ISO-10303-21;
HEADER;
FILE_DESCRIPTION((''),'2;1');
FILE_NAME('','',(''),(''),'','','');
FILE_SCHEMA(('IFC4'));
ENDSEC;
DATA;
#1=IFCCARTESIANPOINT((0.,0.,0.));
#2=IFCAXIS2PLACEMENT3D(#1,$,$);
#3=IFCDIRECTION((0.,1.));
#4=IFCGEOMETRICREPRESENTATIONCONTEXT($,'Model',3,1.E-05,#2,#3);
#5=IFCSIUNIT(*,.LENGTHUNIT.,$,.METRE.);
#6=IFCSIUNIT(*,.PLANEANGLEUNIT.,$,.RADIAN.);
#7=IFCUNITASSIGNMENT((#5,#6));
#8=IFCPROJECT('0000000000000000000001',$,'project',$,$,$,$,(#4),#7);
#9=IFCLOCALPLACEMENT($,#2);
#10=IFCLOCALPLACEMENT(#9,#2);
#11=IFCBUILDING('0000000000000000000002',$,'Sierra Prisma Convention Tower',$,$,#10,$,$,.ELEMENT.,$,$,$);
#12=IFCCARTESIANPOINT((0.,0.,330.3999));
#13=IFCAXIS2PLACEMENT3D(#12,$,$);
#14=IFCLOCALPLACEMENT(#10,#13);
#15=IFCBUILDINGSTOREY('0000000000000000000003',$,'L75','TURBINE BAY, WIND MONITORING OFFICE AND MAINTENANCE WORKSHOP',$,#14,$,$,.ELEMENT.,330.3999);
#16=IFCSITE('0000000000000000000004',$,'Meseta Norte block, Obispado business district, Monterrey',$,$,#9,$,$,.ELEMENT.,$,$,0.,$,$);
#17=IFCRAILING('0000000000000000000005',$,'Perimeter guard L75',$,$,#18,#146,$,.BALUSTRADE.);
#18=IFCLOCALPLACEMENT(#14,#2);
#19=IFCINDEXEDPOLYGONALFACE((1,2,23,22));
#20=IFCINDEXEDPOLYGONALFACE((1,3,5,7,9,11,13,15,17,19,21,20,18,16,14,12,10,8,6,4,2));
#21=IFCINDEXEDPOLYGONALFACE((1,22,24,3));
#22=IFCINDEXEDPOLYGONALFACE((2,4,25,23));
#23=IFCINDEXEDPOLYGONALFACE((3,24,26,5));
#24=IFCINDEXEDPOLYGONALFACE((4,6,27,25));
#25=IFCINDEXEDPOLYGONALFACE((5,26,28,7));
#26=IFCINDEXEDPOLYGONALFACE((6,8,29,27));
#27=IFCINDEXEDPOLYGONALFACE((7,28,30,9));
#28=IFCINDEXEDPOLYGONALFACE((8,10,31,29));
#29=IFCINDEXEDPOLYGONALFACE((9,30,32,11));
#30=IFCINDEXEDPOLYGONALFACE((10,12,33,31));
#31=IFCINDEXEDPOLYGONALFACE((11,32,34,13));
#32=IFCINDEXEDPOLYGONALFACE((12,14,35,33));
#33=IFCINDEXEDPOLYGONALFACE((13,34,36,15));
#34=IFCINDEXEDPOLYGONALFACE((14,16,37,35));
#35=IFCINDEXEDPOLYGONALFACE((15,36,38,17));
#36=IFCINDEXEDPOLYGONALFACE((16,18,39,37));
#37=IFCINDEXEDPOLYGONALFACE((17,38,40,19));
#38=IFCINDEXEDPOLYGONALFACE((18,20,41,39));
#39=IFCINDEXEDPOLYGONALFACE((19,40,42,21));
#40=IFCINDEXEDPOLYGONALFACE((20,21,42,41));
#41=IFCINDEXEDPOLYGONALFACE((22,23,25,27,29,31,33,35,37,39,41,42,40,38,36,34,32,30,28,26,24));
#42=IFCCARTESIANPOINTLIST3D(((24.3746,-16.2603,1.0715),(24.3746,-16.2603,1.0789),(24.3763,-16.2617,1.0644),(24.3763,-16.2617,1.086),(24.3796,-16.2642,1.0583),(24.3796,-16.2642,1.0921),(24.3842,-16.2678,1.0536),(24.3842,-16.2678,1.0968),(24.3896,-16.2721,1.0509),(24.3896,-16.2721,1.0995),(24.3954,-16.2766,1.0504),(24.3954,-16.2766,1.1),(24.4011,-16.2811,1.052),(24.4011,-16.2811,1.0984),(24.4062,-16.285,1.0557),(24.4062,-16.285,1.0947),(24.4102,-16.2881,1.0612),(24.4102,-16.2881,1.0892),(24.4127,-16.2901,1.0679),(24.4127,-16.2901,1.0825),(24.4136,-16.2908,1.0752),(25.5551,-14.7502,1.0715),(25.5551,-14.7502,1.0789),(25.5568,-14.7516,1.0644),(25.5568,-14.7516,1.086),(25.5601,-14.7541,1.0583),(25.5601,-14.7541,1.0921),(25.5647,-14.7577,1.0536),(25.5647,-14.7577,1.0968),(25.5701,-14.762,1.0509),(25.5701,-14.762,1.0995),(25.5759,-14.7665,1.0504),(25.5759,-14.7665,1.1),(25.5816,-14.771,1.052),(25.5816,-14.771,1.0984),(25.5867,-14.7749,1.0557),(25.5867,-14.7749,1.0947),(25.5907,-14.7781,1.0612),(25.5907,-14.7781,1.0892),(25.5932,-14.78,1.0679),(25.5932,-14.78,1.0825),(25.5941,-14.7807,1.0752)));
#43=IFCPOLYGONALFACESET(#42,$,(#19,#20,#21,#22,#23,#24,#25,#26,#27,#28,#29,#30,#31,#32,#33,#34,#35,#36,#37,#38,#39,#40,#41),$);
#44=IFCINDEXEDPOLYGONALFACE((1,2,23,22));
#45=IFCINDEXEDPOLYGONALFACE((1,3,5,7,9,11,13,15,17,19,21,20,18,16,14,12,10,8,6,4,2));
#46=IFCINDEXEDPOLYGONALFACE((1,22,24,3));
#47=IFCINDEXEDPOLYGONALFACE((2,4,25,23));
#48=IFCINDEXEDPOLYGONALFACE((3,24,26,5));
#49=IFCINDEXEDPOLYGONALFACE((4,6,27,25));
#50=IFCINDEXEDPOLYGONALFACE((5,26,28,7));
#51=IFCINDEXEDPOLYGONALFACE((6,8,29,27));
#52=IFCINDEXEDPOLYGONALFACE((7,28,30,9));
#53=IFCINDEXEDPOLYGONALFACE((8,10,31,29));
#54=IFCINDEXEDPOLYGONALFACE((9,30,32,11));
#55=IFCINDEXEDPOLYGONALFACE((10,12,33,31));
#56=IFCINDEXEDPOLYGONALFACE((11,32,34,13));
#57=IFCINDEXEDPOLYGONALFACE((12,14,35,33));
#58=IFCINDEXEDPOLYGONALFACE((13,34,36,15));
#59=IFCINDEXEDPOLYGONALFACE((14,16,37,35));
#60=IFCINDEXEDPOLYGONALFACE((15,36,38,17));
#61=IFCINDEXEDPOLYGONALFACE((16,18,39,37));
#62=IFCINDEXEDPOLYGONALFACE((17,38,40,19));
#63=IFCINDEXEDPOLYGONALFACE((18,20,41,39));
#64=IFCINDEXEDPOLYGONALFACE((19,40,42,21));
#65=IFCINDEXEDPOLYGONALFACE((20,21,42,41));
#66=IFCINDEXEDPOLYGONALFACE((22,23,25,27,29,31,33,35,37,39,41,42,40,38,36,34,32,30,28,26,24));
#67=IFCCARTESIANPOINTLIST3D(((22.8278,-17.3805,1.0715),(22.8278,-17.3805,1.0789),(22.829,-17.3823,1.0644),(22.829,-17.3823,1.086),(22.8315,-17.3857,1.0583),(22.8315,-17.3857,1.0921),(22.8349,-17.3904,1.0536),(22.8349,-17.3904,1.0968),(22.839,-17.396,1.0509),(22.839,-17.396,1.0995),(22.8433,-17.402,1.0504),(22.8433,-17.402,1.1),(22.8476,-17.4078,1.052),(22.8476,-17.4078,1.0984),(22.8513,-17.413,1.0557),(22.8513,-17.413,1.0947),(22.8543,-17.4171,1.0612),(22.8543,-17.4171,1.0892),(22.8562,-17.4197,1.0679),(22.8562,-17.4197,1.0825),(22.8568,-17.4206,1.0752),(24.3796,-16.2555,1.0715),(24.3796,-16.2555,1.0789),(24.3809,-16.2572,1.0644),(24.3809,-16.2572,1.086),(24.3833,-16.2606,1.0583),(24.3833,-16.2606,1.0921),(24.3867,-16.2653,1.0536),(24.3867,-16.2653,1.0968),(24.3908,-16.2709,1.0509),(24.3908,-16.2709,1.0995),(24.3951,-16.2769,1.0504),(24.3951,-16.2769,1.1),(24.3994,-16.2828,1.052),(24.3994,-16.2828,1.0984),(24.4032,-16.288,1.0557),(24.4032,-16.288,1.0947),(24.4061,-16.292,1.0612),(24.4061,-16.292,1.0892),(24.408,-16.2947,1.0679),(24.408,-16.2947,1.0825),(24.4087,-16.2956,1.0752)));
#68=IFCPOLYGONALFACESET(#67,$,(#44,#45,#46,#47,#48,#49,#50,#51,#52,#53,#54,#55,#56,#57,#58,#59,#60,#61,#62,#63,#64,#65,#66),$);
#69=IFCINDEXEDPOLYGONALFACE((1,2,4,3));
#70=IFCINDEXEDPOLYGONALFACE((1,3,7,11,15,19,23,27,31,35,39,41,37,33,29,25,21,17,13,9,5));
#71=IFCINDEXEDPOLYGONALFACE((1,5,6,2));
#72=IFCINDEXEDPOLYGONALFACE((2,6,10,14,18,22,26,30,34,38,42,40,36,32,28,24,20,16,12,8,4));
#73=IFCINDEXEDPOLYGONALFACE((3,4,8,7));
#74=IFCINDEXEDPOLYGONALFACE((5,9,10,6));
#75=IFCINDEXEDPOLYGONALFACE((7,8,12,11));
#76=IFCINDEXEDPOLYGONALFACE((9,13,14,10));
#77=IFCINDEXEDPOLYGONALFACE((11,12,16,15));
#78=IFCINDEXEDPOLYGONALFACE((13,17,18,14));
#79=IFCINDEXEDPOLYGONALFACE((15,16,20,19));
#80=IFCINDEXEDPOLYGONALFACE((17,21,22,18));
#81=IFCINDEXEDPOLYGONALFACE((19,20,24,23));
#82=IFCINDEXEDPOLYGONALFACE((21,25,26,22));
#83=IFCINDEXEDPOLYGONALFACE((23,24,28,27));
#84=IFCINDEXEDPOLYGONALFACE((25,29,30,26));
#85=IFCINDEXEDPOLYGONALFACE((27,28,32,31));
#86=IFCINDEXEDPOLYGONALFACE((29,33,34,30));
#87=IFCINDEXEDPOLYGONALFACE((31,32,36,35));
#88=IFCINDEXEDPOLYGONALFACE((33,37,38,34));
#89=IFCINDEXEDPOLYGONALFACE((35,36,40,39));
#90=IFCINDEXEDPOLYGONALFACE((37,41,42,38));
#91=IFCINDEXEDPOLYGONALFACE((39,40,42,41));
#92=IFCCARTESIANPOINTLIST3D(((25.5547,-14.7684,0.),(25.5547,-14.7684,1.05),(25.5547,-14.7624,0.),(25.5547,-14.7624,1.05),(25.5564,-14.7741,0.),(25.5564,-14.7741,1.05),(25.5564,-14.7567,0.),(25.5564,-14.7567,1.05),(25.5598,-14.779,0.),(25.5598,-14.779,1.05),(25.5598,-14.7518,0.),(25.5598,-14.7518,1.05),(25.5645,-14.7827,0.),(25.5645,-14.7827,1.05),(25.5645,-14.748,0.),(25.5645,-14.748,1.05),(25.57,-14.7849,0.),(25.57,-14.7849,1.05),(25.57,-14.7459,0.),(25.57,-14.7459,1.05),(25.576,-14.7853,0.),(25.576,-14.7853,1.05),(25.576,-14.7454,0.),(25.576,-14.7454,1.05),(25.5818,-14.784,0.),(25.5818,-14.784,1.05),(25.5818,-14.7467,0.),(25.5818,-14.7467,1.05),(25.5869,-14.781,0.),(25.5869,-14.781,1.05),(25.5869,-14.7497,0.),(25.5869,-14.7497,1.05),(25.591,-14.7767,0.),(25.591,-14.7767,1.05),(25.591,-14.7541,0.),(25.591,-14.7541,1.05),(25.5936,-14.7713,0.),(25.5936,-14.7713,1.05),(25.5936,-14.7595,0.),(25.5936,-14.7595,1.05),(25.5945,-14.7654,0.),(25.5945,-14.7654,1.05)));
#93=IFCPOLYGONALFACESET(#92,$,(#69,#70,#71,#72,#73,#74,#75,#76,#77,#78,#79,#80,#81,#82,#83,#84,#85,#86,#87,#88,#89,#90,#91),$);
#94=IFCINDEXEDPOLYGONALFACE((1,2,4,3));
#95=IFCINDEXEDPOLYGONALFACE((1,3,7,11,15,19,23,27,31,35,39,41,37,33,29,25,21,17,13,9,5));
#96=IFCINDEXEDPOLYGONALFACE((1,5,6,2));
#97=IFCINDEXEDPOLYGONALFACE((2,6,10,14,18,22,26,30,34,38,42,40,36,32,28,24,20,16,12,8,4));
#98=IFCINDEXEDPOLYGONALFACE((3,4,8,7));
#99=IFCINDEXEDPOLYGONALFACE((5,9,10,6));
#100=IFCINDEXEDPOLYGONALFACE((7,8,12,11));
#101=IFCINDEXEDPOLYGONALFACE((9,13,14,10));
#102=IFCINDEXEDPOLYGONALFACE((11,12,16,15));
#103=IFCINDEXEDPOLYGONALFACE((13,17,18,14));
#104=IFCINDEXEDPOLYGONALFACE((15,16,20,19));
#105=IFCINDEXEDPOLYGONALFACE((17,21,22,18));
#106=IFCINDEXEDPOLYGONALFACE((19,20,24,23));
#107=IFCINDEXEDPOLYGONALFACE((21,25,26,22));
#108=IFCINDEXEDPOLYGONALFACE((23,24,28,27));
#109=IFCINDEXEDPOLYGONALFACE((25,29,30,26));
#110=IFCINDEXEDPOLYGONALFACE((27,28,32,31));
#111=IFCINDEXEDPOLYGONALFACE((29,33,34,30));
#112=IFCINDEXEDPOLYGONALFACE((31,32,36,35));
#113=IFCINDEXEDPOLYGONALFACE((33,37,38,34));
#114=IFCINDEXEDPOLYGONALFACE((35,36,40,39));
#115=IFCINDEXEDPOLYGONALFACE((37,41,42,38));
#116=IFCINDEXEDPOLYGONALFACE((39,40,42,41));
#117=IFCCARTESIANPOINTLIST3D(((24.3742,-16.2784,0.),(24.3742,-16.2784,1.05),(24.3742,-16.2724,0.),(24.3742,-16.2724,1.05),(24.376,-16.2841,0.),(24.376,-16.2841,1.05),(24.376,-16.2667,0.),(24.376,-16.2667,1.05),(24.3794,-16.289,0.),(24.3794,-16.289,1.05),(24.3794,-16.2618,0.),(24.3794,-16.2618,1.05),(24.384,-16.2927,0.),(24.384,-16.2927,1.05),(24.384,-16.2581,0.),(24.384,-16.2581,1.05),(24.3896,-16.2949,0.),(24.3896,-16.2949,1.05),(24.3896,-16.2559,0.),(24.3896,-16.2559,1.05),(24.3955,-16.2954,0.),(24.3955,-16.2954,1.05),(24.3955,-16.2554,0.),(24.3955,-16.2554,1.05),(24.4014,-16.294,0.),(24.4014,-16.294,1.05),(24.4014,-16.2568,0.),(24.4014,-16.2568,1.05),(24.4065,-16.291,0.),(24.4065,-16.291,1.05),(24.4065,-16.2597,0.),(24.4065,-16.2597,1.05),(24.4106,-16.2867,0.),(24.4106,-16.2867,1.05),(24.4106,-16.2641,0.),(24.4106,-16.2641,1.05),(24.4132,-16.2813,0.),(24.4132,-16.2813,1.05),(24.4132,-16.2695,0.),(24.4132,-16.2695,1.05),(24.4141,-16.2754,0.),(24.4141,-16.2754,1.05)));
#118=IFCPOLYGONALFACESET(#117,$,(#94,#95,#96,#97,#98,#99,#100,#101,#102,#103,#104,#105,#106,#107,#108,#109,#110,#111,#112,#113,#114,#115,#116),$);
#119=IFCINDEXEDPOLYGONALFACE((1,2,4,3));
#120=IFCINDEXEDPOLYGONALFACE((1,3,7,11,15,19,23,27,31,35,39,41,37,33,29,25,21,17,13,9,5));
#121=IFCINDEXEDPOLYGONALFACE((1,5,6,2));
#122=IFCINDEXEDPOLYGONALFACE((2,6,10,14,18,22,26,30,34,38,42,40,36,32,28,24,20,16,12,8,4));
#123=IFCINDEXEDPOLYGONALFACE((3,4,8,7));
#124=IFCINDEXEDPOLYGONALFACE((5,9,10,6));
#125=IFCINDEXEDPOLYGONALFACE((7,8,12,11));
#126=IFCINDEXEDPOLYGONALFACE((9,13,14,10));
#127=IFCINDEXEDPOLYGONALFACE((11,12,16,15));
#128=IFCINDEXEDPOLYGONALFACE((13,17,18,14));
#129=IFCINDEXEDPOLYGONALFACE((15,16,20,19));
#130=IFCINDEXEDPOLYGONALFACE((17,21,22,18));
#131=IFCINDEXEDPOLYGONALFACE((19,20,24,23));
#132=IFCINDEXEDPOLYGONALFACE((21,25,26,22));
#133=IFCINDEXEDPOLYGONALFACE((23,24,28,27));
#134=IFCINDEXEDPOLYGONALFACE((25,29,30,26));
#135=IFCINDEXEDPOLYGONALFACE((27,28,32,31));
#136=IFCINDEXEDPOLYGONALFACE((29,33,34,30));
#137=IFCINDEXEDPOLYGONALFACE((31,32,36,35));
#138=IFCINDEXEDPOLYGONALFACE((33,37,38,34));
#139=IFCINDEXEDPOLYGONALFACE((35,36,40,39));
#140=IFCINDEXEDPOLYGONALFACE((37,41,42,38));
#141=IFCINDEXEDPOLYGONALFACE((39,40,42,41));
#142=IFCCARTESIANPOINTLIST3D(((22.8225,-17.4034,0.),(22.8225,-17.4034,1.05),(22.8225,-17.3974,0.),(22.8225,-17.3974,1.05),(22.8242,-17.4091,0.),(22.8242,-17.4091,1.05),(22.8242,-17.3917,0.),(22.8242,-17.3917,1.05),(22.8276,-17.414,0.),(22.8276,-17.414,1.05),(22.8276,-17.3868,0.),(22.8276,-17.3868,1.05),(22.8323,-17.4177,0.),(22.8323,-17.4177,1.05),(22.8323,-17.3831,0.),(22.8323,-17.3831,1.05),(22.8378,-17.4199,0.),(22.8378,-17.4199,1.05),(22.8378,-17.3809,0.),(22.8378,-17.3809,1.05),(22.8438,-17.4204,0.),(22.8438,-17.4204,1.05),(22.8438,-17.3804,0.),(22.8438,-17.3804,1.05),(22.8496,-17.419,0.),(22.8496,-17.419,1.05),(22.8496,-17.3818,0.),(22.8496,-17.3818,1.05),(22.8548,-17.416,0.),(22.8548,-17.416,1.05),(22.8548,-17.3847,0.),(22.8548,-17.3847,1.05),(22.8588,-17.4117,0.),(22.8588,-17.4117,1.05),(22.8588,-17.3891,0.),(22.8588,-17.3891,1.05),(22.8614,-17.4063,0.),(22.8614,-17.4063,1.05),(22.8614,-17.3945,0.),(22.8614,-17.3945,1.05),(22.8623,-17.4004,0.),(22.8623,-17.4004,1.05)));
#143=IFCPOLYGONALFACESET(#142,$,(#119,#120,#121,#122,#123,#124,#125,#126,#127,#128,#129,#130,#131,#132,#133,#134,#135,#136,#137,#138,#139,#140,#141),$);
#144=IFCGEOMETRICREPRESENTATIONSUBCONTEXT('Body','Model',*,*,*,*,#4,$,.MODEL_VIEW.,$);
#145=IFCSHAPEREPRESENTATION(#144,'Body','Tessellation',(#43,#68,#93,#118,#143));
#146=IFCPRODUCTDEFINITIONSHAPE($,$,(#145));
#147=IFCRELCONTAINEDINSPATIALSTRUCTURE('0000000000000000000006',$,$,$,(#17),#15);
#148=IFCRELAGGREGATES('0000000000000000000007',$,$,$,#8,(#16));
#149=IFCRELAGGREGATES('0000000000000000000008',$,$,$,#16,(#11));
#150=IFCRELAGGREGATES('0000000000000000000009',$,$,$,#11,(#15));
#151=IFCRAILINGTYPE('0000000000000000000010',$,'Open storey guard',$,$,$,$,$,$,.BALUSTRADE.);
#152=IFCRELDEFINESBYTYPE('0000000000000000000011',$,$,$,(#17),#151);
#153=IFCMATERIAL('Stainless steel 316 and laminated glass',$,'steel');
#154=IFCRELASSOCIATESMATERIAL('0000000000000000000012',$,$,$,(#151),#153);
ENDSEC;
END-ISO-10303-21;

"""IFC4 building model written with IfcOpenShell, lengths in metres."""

from ifc_helpers import new_model, si_unit, direction, frame, origin, origin_2d, place, context, subcontext, project, spatial, circle, extrude, material, type_object, element, save


model = new_model("IFC4")

# Units and contexts
model_context = context("Model", 3, precision=1e-05, world=origin(), true_north=direction((0.0, 1.0)))
body_context = subcontext(model_context, "Body", "Model", "MODEL_VIEW")
ifc_project = project(units=[si_unit("LENGTHUNIT", "METRE"), si_unit("PLANEANGLEUNIT", "RADIAN")], contexts=[model_context])

# Site, building, storey
site_placement = place(None, origin())
site = spatial("IfcSite", under=ifc_project, at=site_placement, Name="Meseta Norte block, Obispado business district, Monterrey", CompositionType="ELEMENT", RefElevation=0.0)
building_placement = place(site_placement, origin())
building = spatial("IfcBuilding", under=site, at=building_placement, Name="Sierra Prisma Convention Tower", CompositionType="ELEMENT")
storey_placement = place(building_placement, frame((0.0, 0.0, 330.3999)))
storey = spatial("IfcBuildingStorey", under=building, at=storey_placement, Name="L75", Description="TURBINE BAY, WIND MONITORING OFFICE AND MAINTENANCE WORKSHOP", CompositionType="ELEMENT", Elevation=330.3999)

# Railing
ifc_material_1 = material(Name="Stainless steel 316 and laminated glass", Category="steel")
railing_type = type_object("IfcRailingType", Name="Open storey guard", PredefinedType="BALUSTRADE", material=ifc_material_1)
railing_1_placement = place(storey_placement, frame((25.5745, -14.7654, 0.0)))
element("IfcRailing", 1, at=railing_1_placement, inside=storey, type_object=railing_type, Name="Perimeter guard L75", PredefinedType="BALUSTRADE", context=body_context, shape_type="SweptSolid", body=[
    extrude(circle(Radius=0.0249, at=origin_2d()), frame((0.0, 0.0, 1.0752), z_axis=(-0.615879, -0.787841, 0.0), x_axis=(0.787841, -0.615879, 0.0)), (0.0, 0.0, 1.0), 1.9167),
    extrude(circle(Radius=0.0249, at=origin_2d()), frame((-1.1804, -1.51, 1.0752), z_axis=(-0.809616, -0.586959, 0.0), x_axis=(0.586959, -0.809616, 0.0)), (0.0, 0.0, 1.0), 1.9167),
    extrude(circle(Radius=0.02, at=origin_2d()), origin(), (0.0, 0.0, 1.0), 1.05),
    extrude(circle(Radius=0.02, at=origin_2d()), frame((-1.1804, -1.51, 0.0)), (0.0, 0.0, 1.0), 1.05),
    extrude(circle(Radius=0.02, at=origin_2d()), frame((-2.7322, -2.635, 0.0)), (0.0, 0.0, 1.0), 1.05),
])

save(model, "model.ifc")
